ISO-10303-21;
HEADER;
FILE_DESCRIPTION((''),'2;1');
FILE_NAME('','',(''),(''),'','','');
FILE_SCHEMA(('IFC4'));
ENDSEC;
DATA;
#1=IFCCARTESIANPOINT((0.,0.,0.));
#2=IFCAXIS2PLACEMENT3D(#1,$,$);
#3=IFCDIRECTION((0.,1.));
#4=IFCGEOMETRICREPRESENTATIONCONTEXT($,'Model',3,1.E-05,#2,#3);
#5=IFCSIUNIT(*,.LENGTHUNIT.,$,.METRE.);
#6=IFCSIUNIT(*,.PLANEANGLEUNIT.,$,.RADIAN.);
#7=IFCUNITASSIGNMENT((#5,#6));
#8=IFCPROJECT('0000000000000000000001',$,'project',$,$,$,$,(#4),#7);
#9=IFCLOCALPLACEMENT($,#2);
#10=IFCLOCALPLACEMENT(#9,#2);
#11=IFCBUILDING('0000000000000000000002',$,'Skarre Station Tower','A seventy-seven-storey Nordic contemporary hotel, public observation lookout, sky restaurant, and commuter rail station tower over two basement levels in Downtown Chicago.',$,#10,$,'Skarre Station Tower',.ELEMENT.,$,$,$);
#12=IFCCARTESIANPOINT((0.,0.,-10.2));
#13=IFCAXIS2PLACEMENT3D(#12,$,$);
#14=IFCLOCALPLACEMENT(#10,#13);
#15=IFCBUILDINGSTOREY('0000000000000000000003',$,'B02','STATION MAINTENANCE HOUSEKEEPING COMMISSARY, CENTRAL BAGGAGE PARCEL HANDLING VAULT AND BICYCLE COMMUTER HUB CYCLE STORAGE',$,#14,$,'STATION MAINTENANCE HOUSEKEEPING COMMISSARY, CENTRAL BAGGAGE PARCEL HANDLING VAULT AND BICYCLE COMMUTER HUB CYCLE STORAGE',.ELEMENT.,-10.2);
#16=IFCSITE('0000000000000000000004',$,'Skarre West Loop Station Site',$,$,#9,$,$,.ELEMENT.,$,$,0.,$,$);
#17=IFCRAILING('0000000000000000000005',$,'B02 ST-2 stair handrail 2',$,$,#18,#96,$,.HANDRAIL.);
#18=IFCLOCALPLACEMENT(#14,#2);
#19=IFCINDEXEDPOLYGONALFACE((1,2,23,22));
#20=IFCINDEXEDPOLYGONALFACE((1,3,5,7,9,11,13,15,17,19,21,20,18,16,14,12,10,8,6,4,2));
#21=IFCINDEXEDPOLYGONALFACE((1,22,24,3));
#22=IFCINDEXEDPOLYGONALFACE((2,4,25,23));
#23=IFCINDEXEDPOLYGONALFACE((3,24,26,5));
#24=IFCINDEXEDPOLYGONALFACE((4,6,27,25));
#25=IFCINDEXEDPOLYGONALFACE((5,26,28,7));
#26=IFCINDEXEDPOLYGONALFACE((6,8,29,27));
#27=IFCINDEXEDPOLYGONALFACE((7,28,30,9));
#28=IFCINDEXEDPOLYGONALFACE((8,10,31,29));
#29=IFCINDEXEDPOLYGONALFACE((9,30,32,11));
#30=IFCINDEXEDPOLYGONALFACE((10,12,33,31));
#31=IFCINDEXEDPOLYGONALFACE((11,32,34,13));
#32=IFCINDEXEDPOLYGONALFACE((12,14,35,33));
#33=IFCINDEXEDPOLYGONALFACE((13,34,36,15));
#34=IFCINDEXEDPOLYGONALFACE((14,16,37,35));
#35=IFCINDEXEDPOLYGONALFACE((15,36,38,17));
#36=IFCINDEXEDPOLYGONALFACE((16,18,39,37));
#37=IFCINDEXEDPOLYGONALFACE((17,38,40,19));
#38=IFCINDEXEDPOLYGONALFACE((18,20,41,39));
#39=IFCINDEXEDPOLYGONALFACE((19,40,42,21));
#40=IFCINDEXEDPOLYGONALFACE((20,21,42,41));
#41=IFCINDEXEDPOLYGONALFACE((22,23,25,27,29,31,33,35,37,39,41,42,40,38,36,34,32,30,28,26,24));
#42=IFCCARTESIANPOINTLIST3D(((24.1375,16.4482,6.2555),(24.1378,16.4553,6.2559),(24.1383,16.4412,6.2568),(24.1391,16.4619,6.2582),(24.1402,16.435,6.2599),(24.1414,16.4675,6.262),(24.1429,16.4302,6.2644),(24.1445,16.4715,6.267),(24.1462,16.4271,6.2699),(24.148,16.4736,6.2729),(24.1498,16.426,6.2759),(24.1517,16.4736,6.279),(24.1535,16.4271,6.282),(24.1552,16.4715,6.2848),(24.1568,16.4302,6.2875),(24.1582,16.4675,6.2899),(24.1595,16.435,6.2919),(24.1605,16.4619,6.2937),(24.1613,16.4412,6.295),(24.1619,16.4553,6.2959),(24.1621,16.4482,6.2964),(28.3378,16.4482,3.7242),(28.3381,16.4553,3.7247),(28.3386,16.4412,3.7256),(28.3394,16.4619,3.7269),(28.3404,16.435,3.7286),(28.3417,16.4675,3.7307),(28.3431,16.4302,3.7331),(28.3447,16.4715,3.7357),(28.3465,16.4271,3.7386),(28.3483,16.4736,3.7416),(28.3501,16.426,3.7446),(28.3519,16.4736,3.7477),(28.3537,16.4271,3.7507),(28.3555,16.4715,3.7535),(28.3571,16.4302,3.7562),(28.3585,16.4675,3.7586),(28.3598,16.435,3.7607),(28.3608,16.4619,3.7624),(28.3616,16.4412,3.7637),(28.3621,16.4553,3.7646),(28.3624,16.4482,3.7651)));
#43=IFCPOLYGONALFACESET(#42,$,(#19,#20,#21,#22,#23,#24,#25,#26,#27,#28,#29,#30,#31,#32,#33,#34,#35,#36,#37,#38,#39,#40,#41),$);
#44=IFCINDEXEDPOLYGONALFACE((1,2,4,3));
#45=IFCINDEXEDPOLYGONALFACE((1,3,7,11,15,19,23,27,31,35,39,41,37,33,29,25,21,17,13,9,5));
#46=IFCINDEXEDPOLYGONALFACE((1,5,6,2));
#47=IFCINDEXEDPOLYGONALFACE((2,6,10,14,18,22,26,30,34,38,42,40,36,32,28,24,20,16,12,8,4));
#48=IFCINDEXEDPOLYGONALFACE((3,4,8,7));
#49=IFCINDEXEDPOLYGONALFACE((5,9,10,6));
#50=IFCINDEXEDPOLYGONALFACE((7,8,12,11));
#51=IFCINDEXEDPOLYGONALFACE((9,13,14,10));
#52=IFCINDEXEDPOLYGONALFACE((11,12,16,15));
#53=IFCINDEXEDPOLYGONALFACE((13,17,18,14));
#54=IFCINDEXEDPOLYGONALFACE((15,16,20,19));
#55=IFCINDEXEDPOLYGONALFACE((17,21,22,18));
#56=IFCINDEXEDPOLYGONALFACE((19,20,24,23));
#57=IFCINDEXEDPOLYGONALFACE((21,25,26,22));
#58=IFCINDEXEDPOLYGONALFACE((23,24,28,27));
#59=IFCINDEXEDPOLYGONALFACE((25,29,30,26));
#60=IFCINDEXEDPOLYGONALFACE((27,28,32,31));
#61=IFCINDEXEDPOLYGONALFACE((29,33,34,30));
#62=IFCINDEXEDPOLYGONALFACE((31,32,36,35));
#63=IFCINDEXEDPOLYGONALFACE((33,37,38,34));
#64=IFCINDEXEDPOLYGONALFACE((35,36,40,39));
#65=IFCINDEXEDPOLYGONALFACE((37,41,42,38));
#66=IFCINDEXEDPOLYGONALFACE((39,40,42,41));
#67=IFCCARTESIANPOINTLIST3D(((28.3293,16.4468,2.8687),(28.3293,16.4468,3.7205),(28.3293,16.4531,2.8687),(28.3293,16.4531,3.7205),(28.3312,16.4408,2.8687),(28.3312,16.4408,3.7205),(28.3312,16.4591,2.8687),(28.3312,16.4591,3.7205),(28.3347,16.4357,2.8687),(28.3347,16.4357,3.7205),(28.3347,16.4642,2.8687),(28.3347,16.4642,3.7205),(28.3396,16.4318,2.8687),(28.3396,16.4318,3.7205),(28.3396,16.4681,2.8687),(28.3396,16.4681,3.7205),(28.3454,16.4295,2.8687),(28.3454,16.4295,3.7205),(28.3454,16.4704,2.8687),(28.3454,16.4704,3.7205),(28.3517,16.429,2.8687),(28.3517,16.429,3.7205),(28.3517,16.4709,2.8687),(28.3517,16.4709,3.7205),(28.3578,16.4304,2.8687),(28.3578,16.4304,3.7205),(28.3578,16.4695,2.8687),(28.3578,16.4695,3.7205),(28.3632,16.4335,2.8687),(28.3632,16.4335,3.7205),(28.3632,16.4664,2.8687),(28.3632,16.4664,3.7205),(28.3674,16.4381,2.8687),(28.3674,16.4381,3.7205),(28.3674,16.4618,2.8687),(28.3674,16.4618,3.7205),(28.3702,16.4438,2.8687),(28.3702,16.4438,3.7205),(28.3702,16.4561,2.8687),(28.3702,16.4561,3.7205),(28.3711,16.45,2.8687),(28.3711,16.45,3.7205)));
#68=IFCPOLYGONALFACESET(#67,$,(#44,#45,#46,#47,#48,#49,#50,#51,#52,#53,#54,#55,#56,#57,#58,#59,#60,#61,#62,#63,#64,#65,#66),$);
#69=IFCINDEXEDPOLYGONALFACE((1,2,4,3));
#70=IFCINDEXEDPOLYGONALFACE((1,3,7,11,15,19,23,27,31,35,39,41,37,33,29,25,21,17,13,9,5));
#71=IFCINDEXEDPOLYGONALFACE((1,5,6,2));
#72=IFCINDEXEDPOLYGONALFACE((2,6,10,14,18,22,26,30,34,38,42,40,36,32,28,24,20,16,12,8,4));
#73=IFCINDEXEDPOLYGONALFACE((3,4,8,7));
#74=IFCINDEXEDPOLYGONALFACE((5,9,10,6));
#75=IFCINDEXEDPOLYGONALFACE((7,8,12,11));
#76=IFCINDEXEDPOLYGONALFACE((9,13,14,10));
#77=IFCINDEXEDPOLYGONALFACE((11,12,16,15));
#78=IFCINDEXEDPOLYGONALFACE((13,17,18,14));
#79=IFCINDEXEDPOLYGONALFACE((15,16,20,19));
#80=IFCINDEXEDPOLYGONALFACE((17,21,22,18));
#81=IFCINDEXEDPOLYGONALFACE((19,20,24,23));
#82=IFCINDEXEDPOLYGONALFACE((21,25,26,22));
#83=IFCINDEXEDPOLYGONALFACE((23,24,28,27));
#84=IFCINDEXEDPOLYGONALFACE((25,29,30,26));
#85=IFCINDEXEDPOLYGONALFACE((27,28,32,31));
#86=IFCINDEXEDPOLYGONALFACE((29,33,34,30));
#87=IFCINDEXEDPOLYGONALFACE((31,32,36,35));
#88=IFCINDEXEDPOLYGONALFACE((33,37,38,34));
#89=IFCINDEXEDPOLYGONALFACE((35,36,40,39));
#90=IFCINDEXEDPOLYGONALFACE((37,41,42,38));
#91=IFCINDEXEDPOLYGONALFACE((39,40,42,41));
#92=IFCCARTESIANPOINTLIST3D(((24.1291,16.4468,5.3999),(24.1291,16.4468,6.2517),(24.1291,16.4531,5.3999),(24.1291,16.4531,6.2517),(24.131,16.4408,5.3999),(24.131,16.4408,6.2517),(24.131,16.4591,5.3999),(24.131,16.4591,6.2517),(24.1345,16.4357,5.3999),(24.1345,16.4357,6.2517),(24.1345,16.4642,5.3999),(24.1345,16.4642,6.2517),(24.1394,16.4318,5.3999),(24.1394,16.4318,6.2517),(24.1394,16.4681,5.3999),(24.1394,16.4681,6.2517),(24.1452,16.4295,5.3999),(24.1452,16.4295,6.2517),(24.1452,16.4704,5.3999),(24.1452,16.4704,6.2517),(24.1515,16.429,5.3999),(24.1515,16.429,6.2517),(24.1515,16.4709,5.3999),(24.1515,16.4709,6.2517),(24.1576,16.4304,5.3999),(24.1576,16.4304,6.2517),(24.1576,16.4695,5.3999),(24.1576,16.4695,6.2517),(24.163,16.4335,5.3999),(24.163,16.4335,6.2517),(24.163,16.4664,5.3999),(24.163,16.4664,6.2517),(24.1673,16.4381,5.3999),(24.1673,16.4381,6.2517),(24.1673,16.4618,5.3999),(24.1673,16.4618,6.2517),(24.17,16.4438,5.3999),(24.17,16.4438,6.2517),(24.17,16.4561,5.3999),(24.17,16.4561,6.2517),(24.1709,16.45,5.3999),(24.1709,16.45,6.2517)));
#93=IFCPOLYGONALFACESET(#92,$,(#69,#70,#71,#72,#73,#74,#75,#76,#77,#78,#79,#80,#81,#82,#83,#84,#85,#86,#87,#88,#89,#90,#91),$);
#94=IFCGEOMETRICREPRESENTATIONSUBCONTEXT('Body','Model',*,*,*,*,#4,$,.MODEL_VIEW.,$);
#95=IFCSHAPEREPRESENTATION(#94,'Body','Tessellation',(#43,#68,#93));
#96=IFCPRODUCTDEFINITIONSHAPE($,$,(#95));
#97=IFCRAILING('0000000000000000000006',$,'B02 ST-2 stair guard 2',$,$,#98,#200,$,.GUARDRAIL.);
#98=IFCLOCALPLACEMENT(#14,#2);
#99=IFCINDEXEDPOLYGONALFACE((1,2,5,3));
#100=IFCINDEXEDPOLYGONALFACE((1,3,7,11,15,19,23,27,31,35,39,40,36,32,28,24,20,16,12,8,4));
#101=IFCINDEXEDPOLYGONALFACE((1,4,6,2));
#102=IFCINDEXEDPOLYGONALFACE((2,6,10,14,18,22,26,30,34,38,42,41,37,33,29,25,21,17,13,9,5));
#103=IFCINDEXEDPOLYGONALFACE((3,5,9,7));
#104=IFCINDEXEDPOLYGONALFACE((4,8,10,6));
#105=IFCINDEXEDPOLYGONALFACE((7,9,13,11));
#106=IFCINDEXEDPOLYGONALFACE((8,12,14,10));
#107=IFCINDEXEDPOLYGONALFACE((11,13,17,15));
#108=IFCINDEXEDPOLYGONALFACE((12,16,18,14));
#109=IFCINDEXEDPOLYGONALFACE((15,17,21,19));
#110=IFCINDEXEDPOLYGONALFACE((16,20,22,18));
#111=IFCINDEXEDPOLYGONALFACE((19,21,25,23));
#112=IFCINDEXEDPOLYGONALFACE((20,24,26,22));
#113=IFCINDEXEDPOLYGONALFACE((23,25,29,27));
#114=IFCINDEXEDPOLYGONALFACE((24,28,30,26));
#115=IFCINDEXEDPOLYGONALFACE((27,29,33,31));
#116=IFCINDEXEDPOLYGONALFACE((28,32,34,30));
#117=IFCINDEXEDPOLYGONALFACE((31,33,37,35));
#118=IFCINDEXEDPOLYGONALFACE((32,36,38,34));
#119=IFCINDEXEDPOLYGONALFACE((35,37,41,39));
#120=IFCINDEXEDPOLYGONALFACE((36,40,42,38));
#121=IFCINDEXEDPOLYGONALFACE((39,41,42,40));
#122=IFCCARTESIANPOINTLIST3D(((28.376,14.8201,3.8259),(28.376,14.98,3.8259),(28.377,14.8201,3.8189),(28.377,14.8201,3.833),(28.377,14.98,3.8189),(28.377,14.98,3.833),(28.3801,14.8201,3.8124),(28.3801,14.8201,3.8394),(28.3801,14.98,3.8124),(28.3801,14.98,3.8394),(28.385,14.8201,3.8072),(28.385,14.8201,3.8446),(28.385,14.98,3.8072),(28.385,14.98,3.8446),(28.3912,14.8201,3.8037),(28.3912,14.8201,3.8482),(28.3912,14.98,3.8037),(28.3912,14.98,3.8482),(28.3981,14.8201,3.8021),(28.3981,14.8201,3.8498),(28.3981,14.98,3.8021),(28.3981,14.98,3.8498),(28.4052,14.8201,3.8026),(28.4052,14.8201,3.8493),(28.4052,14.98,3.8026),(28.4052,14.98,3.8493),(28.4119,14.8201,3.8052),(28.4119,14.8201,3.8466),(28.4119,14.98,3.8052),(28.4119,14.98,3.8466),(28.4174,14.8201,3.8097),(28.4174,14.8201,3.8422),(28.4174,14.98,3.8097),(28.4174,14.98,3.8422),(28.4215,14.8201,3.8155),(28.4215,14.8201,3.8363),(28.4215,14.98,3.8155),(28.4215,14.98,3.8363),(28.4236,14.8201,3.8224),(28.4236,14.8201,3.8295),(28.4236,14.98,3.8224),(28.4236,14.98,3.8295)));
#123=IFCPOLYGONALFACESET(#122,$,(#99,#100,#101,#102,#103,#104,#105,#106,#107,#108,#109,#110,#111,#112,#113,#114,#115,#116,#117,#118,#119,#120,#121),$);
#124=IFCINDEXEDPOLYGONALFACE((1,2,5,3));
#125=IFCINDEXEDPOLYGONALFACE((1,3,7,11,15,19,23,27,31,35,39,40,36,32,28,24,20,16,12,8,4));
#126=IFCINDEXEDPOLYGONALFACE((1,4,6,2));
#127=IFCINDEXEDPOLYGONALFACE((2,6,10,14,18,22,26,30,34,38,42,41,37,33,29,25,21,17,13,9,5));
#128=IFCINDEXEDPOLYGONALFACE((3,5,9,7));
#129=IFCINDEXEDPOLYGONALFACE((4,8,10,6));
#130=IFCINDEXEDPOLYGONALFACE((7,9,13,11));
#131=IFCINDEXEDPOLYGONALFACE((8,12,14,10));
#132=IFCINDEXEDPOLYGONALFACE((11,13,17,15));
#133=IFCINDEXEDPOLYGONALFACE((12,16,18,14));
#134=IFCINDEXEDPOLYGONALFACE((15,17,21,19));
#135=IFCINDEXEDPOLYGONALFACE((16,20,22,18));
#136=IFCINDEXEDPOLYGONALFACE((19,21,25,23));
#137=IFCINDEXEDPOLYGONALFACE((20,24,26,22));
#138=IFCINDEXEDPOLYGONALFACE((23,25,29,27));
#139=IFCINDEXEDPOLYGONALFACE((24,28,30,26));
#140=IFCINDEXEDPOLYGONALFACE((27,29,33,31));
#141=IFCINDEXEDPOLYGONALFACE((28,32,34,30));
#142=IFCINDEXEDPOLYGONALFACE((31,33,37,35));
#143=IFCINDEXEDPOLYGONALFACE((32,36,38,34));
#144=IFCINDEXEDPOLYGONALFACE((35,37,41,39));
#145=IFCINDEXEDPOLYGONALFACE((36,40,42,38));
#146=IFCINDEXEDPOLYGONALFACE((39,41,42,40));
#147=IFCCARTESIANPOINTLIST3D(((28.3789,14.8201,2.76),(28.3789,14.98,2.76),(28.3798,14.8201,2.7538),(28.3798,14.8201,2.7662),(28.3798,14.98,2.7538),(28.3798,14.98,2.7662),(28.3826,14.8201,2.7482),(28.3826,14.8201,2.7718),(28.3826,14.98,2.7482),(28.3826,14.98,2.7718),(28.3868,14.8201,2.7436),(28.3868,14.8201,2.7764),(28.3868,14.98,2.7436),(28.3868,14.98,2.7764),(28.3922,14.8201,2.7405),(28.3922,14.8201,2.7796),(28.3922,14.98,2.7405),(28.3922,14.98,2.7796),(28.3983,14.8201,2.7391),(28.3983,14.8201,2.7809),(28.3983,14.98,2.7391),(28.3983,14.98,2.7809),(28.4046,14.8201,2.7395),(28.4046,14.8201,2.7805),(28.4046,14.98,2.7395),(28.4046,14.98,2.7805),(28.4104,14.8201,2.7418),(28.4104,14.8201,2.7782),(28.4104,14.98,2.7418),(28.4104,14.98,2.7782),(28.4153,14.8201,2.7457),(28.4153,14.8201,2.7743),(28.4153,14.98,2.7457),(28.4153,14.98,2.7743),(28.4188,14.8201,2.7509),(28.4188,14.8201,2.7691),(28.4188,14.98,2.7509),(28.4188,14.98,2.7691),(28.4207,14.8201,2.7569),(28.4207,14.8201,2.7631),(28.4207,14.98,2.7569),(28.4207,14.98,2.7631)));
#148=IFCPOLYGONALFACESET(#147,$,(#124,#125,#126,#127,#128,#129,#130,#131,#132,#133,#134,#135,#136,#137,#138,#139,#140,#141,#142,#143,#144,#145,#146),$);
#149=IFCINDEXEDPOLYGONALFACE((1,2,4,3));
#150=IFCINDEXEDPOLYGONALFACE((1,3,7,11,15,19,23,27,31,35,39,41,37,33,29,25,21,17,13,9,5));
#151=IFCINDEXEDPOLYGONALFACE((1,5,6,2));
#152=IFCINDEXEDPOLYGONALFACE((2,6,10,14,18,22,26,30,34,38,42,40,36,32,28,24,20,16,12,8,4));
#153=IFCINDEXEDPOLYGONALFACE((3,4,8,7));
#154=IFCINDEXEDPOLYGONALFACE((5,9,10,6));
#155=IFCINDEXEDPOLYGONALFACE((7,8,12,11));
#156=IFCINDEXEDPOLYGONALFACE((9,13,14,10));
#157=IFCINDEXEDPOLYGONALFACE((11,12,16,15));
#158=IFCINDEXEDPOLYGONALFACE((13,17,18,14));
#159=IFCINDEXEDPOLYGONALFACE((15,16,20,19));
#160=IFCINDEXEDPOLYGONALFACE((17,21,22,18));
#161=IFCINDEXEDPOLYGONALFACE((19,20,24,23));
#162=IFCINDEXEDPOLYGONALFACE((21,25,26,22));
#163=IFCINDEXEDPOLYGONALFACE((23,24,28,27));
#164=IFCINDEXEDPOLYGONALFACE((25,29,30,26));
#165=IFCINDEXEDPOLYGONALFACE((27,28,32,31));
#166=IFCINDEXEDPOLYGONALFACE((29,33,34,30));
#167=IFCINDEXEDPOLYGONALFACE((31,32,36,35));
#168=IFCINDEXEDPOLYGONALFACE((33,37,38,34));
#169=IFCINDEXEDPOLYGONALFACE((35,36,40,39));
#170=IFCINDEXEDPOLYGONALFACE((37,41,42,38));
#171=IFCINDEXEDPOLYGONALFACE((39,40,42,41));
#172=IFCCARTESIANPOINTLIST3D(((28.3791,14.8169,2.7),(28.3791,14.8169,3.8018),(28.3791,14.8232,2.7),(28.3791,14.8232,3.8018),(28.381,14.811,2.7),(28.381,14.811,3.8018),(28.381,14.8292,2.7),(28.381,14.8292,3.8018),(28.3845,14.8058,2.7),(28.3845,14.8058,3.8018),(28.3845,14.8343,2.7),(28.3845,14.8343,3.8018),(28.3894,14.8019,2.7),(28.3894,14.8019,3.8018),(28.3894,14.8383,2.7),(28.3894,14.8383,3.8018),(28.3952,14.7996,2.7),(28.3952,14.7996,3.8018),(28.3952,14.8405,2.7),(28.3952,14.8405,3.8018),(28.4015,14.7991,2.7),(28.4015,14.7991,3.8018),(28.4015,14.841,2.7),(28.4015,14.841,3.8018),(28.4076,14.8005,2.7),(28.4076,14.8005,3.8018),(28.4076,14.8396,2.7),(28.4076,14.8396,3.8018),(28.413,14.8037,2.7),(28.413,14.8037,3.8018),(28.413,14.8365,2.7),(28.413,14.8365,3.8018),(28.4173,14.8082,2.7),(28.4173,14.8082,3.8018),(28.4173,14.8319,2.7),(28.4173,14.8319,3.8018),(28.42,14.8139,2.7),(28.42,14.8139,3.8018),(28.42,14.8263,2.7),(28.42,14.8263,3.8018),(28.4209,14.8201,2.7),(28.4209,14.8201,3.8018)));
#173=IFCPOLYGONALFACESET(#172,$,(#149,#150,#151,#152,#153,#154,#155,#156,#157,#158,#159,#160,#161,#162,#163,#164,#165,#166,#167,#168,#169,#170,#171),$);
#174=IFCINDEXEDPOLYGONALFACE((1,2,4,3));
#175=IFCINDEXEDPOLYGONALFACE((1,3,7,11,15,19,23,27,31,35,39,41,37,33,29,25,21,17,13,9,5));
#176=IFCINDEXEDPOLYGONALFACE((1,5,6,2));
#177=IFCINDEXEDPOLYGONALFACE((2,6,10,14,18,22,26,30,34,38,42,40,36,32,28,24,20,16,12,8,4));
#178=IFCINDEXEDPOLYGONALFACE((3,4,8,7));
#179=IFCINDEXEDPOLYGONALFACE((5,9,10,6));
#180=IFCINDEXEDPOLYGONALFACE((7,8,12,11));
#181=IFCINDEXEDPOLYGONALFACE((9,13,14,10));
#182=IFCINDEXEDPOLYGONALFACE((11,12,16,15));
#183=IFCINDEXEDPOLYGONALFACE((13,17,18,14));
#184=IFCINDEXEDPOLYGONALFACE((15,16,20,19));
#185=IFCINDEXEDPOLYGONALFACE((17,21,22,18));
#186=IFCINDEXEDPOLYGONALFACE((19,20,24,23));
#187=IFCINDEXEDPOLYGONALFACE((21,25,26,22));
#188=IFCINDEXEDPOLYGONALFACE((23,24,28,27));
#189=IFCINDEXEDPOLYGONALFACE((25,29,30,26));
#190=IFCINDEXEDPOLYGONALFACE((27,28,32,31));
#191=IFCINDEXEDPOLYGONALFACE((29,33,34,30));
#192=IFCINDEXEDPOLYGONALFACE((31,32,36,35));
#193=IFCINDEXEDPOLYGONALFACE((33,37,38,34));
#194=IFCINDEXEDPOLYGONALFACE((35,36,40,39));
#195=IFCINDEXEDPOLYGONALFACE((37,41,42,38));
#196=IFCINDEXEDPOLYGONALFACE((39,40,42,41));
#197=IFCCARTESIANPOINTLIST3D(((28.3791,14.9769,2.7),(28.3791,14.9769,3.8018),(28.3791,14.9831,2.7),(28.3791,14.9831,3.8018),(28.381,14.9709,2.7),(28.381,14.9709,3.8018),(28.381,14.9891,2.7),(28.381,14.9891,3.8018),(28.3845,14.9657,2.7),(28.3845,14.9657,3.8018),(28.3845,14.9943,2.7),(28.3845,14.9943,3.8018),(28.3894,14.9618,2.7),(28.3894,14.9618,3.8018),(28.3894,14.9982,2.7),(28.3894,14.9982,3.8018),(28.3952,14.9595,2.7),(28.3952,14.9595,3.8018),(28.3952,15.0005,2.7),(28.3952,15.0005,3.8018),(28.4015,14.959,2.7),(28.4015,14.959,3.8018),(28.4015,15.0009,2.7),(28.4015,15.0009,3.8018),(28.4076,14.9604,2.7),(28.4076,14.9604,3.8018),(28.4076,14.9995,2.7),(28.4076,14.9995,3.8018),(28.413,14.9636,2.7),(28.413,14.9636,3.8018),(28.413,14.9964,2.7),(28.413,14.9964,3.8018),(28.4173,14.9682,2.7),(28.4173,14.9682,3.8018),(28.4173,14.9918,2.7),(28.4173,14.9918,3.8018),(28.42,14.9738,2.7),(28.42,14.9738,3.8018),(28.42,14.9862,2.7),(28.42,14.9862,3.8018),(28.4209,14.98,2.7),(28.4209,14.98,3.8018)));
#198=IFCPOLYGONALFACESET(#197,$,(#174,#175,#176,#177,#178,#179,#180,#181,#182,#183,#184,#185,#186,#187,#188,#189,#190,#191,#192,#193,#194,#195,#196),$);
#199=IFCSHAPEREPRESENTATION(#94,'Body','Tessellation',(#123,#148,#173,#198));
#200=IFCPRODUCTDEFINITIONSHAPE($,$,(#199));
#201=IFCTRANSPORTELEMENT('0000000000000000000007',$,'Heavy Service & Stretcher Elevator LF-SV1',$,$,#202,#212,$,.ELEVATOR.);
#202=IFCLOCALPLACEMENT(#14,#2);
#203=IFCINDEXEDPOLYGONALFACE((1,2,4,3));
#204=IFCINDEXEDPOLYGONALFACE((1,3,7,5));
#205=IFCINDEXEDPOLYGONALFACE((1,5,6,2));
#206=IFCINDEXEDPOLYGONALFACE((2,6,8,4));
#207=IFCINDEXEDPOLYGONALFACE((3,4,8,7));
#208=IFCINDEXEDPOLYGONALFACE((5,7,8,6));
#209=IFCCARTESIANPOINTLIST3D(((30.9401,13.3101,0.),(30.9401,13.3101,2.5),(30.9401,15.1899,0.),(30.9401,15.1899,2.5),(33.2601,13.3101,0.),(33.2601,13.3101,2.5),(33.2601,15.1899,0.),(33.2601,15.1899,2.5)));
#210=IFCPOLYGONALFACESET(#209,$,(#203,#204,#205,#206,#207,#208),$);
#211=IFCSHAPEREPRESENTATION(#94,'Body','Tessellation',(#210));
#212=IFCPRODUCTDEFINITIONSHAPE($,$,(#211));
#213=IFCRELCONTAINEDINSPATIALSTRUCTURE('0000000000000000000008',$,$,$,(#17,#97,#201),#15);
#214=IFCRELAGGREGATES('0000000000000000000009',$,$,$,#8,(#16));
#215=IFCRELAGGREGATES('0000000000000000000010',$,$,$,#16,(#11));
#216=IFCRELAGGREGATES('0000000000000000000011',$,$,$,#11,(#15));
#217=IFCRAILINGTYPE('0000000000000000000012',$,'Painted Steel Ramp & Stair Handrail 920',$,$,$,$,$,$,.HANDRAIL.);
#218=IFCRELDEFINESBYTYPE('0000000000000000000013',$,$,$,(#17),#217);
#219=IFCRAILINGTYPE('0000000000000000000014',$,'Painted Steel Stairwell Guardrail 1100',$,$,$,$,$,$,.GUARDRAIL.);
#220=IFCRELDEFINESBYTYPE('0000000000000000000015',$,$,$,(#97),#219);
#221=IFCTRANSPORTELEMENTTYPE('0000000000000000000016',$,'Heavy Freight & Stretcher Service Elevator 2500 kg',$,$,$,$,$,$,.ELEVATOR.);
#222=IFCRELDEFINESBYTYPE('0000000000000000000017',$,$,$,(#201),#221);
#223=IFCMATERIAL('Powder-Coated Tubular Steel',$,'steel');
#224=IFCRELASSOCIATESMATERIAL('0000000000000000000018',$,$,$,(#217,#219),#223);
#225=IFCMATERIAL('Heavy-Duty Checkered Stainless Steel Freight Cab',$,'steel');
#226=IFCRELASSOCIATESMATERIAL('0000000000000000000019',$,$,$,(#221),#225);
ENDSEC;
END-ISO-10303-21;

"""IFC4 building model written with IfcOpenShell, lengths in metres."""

from ifc_helpers import new_model, si_unit, direction, frame, origin, origin_2d, place, context, subcontext, project, spatial, rectangle, circle, extrude, material, type_object, element, save


model = new_model("IFC4")

# Units and contexts
model_context = context("Model", 3, precision=1e-05, world=origin(), true_north=direction((0.0, 1.0)))
body_context = subcontext(model_context, "Body", "Model", "MODEL_VIEW")
ifc_project = project(units=[si_unit("LENGTHUNIT", "METRE"), si_unit("PLANEANGLEUNIT", "RADIAN")], contexts=[model_context])

# Site, building, storey
site_placement = place(None, origin())
site = spatial("IfcSite", under=ifc_project, at=site_placement, Name="Skarre West Loop Station Site", CompositionType="ELEMENT", RefElevation=0.0)
building_placement = place(site_placement, origin())
building = spatial("IfcBuilding", under=site, at=building_placement, Name="Skarre Station Tower", Description="A seventy-seven-storey Nordic contemporary hotel, public observation lookout, sky restaurant, and commuter rail station tower over two basement levels in Downtown Chicago.", LongName="Skarre Station Tower", CompositionType="ELEMENT")
storey_placement = place(building_placement, frame((0.0, 0.0, -10.2)))
storey = spatial("IfcBuildingStorey", under=building, at=storey_placement, Name="B02", Description="STATION MAINTENANCE HOUSEKEEPING COMMISSARY, CENTRAL BAGGAGE PARCEL HANDLING VAULT AND BICYCLE COMMUTER HUB CYCLE STORAGE", LongName="STATION MAINTENANCE HOUSEKEEPING COMMISSARY, CENTRAL BAGGAGE PARCEL HANDLING VAULT AND BICYCLE COMMUTER HUB CYCLE STORAGE", CompositionType="ELEMENT", Elevation=-10.2)

# Railings
ifc_material_1 = material(Name="Powder-Coated Tubular Steel", Category="steel")
railing_type_1 = type_object("IfcRailingType", Name="Painted Steel Ramp & Stair Handrail 920", PredefinedType="HANDRAIL", material=ifc_material_1)
railing_1_placement = place(storey_placement, frame((28.3501, 16.45, 2.8687)))
element("IfcRailing", 1, at=railing_1_placement, inside=storey, type_object=railing_type_1, Name="B02 ST-2 stair handrail 2", PredefinedType="HANDRAIL", context=body_context, shape_type="SweptSolid", body=[
    extrude(circle(Radius=0.0239, at=origin_2d()), frame((0.0, 0.0, 0.876), z_axis=(-0.85649, 0.0, 0.516164), x_axis=(0.0, -1.0, 0.0)), (0.0, 0.0, 1.0), 4.9041),
    extrude(circle(Radius=0.021, at=origin_2d()), origin(), (0.0, 0.0, 1.0), 0.8518),
    extrude(circle(Radius=0.021, at=origin_2d()), frame((-4.2002, 0.0, 2.5312)), (0.0, 0.0, 1.0), 0.8518),
])
railing_type_2 = type_object("IfcRailingType", Name="Painted Steel Stairwell Guardrail 1100", PredefinedType="GUARDRAIL", material=ifc_material_1)
railing_2_placement = place(storey_placement, frame((28.3999, 14.8201, 2.7)))
element("IfcRailing", 2, at=railing_2_placement, inside=storey, type_object=railing_type_2, Name="B02 ST-2 stair guard 2", PredefinedType="GUARDRAIL", context=body_context, shape_type="SweptSolid", body=[
    extrude(circle(Radius=0.0239, at=origin_2d()), frame((0.0, 0.0, 1.126), z_axis=(0.0, 1.0, 0.0), x_axis=(-1.0, 0.0, 0.0)), (0.0, 0.0, 1.0), 0.1599),
    extrude(circle(Radius=0.021, at=origin_2d()), frame((0.0, 0.0, 0.0601), z_axis=(0.0, 1.0, 0.0), x_axis=(-1.0, 0.0, 0.0)), (0.0, 0.0, 1.0), 0.1599),
    extrude(circle(Radius=0.021, at=origin_2d()), origin(), (0.0, 0.0, 1.0), 1.1018),
    extrude(circle(Radius=0.021, at=origin_2d()), frame((0.0, 0.1599, 0.0)), (0.0, 0.0, 1.0), 1.1018),
])

# Transport element
ifc_material_2 = material(Name="Heavy-Duty Checkered Stainless Steel Freight Cab", Category="steel")
transport_element_type = type_object("IfcTransportElementType", Name="Heavy Freight & Stretcher Service Elevator 2500 kg", PredefinedType="ELEVATOR", material=ifc_material_2)
transport_element_placement = place(storey_placement, frame((32.1001, 14.25, 0.0), z_axis=(0.0, 0.0, 1.0), x_axis=(1.0, 0.0, 0.0)))
element("IfcTransportElement", 3, at=transport_element_placement, inside=storey, type_object=transport_element_type, Name="Heavy Service & Stretcher Elevator LF-SV1", PredefinedType="ELEVATOR", context=body_context, shape_type="SweptSolid", body=[
    extrude(rectangle(XDim=2.3201, YDim=1.8799, at=origin_2d()), origin(), (0.0, 0.0, 1.0), 2.5),
])

save(model, "model.ifc")
